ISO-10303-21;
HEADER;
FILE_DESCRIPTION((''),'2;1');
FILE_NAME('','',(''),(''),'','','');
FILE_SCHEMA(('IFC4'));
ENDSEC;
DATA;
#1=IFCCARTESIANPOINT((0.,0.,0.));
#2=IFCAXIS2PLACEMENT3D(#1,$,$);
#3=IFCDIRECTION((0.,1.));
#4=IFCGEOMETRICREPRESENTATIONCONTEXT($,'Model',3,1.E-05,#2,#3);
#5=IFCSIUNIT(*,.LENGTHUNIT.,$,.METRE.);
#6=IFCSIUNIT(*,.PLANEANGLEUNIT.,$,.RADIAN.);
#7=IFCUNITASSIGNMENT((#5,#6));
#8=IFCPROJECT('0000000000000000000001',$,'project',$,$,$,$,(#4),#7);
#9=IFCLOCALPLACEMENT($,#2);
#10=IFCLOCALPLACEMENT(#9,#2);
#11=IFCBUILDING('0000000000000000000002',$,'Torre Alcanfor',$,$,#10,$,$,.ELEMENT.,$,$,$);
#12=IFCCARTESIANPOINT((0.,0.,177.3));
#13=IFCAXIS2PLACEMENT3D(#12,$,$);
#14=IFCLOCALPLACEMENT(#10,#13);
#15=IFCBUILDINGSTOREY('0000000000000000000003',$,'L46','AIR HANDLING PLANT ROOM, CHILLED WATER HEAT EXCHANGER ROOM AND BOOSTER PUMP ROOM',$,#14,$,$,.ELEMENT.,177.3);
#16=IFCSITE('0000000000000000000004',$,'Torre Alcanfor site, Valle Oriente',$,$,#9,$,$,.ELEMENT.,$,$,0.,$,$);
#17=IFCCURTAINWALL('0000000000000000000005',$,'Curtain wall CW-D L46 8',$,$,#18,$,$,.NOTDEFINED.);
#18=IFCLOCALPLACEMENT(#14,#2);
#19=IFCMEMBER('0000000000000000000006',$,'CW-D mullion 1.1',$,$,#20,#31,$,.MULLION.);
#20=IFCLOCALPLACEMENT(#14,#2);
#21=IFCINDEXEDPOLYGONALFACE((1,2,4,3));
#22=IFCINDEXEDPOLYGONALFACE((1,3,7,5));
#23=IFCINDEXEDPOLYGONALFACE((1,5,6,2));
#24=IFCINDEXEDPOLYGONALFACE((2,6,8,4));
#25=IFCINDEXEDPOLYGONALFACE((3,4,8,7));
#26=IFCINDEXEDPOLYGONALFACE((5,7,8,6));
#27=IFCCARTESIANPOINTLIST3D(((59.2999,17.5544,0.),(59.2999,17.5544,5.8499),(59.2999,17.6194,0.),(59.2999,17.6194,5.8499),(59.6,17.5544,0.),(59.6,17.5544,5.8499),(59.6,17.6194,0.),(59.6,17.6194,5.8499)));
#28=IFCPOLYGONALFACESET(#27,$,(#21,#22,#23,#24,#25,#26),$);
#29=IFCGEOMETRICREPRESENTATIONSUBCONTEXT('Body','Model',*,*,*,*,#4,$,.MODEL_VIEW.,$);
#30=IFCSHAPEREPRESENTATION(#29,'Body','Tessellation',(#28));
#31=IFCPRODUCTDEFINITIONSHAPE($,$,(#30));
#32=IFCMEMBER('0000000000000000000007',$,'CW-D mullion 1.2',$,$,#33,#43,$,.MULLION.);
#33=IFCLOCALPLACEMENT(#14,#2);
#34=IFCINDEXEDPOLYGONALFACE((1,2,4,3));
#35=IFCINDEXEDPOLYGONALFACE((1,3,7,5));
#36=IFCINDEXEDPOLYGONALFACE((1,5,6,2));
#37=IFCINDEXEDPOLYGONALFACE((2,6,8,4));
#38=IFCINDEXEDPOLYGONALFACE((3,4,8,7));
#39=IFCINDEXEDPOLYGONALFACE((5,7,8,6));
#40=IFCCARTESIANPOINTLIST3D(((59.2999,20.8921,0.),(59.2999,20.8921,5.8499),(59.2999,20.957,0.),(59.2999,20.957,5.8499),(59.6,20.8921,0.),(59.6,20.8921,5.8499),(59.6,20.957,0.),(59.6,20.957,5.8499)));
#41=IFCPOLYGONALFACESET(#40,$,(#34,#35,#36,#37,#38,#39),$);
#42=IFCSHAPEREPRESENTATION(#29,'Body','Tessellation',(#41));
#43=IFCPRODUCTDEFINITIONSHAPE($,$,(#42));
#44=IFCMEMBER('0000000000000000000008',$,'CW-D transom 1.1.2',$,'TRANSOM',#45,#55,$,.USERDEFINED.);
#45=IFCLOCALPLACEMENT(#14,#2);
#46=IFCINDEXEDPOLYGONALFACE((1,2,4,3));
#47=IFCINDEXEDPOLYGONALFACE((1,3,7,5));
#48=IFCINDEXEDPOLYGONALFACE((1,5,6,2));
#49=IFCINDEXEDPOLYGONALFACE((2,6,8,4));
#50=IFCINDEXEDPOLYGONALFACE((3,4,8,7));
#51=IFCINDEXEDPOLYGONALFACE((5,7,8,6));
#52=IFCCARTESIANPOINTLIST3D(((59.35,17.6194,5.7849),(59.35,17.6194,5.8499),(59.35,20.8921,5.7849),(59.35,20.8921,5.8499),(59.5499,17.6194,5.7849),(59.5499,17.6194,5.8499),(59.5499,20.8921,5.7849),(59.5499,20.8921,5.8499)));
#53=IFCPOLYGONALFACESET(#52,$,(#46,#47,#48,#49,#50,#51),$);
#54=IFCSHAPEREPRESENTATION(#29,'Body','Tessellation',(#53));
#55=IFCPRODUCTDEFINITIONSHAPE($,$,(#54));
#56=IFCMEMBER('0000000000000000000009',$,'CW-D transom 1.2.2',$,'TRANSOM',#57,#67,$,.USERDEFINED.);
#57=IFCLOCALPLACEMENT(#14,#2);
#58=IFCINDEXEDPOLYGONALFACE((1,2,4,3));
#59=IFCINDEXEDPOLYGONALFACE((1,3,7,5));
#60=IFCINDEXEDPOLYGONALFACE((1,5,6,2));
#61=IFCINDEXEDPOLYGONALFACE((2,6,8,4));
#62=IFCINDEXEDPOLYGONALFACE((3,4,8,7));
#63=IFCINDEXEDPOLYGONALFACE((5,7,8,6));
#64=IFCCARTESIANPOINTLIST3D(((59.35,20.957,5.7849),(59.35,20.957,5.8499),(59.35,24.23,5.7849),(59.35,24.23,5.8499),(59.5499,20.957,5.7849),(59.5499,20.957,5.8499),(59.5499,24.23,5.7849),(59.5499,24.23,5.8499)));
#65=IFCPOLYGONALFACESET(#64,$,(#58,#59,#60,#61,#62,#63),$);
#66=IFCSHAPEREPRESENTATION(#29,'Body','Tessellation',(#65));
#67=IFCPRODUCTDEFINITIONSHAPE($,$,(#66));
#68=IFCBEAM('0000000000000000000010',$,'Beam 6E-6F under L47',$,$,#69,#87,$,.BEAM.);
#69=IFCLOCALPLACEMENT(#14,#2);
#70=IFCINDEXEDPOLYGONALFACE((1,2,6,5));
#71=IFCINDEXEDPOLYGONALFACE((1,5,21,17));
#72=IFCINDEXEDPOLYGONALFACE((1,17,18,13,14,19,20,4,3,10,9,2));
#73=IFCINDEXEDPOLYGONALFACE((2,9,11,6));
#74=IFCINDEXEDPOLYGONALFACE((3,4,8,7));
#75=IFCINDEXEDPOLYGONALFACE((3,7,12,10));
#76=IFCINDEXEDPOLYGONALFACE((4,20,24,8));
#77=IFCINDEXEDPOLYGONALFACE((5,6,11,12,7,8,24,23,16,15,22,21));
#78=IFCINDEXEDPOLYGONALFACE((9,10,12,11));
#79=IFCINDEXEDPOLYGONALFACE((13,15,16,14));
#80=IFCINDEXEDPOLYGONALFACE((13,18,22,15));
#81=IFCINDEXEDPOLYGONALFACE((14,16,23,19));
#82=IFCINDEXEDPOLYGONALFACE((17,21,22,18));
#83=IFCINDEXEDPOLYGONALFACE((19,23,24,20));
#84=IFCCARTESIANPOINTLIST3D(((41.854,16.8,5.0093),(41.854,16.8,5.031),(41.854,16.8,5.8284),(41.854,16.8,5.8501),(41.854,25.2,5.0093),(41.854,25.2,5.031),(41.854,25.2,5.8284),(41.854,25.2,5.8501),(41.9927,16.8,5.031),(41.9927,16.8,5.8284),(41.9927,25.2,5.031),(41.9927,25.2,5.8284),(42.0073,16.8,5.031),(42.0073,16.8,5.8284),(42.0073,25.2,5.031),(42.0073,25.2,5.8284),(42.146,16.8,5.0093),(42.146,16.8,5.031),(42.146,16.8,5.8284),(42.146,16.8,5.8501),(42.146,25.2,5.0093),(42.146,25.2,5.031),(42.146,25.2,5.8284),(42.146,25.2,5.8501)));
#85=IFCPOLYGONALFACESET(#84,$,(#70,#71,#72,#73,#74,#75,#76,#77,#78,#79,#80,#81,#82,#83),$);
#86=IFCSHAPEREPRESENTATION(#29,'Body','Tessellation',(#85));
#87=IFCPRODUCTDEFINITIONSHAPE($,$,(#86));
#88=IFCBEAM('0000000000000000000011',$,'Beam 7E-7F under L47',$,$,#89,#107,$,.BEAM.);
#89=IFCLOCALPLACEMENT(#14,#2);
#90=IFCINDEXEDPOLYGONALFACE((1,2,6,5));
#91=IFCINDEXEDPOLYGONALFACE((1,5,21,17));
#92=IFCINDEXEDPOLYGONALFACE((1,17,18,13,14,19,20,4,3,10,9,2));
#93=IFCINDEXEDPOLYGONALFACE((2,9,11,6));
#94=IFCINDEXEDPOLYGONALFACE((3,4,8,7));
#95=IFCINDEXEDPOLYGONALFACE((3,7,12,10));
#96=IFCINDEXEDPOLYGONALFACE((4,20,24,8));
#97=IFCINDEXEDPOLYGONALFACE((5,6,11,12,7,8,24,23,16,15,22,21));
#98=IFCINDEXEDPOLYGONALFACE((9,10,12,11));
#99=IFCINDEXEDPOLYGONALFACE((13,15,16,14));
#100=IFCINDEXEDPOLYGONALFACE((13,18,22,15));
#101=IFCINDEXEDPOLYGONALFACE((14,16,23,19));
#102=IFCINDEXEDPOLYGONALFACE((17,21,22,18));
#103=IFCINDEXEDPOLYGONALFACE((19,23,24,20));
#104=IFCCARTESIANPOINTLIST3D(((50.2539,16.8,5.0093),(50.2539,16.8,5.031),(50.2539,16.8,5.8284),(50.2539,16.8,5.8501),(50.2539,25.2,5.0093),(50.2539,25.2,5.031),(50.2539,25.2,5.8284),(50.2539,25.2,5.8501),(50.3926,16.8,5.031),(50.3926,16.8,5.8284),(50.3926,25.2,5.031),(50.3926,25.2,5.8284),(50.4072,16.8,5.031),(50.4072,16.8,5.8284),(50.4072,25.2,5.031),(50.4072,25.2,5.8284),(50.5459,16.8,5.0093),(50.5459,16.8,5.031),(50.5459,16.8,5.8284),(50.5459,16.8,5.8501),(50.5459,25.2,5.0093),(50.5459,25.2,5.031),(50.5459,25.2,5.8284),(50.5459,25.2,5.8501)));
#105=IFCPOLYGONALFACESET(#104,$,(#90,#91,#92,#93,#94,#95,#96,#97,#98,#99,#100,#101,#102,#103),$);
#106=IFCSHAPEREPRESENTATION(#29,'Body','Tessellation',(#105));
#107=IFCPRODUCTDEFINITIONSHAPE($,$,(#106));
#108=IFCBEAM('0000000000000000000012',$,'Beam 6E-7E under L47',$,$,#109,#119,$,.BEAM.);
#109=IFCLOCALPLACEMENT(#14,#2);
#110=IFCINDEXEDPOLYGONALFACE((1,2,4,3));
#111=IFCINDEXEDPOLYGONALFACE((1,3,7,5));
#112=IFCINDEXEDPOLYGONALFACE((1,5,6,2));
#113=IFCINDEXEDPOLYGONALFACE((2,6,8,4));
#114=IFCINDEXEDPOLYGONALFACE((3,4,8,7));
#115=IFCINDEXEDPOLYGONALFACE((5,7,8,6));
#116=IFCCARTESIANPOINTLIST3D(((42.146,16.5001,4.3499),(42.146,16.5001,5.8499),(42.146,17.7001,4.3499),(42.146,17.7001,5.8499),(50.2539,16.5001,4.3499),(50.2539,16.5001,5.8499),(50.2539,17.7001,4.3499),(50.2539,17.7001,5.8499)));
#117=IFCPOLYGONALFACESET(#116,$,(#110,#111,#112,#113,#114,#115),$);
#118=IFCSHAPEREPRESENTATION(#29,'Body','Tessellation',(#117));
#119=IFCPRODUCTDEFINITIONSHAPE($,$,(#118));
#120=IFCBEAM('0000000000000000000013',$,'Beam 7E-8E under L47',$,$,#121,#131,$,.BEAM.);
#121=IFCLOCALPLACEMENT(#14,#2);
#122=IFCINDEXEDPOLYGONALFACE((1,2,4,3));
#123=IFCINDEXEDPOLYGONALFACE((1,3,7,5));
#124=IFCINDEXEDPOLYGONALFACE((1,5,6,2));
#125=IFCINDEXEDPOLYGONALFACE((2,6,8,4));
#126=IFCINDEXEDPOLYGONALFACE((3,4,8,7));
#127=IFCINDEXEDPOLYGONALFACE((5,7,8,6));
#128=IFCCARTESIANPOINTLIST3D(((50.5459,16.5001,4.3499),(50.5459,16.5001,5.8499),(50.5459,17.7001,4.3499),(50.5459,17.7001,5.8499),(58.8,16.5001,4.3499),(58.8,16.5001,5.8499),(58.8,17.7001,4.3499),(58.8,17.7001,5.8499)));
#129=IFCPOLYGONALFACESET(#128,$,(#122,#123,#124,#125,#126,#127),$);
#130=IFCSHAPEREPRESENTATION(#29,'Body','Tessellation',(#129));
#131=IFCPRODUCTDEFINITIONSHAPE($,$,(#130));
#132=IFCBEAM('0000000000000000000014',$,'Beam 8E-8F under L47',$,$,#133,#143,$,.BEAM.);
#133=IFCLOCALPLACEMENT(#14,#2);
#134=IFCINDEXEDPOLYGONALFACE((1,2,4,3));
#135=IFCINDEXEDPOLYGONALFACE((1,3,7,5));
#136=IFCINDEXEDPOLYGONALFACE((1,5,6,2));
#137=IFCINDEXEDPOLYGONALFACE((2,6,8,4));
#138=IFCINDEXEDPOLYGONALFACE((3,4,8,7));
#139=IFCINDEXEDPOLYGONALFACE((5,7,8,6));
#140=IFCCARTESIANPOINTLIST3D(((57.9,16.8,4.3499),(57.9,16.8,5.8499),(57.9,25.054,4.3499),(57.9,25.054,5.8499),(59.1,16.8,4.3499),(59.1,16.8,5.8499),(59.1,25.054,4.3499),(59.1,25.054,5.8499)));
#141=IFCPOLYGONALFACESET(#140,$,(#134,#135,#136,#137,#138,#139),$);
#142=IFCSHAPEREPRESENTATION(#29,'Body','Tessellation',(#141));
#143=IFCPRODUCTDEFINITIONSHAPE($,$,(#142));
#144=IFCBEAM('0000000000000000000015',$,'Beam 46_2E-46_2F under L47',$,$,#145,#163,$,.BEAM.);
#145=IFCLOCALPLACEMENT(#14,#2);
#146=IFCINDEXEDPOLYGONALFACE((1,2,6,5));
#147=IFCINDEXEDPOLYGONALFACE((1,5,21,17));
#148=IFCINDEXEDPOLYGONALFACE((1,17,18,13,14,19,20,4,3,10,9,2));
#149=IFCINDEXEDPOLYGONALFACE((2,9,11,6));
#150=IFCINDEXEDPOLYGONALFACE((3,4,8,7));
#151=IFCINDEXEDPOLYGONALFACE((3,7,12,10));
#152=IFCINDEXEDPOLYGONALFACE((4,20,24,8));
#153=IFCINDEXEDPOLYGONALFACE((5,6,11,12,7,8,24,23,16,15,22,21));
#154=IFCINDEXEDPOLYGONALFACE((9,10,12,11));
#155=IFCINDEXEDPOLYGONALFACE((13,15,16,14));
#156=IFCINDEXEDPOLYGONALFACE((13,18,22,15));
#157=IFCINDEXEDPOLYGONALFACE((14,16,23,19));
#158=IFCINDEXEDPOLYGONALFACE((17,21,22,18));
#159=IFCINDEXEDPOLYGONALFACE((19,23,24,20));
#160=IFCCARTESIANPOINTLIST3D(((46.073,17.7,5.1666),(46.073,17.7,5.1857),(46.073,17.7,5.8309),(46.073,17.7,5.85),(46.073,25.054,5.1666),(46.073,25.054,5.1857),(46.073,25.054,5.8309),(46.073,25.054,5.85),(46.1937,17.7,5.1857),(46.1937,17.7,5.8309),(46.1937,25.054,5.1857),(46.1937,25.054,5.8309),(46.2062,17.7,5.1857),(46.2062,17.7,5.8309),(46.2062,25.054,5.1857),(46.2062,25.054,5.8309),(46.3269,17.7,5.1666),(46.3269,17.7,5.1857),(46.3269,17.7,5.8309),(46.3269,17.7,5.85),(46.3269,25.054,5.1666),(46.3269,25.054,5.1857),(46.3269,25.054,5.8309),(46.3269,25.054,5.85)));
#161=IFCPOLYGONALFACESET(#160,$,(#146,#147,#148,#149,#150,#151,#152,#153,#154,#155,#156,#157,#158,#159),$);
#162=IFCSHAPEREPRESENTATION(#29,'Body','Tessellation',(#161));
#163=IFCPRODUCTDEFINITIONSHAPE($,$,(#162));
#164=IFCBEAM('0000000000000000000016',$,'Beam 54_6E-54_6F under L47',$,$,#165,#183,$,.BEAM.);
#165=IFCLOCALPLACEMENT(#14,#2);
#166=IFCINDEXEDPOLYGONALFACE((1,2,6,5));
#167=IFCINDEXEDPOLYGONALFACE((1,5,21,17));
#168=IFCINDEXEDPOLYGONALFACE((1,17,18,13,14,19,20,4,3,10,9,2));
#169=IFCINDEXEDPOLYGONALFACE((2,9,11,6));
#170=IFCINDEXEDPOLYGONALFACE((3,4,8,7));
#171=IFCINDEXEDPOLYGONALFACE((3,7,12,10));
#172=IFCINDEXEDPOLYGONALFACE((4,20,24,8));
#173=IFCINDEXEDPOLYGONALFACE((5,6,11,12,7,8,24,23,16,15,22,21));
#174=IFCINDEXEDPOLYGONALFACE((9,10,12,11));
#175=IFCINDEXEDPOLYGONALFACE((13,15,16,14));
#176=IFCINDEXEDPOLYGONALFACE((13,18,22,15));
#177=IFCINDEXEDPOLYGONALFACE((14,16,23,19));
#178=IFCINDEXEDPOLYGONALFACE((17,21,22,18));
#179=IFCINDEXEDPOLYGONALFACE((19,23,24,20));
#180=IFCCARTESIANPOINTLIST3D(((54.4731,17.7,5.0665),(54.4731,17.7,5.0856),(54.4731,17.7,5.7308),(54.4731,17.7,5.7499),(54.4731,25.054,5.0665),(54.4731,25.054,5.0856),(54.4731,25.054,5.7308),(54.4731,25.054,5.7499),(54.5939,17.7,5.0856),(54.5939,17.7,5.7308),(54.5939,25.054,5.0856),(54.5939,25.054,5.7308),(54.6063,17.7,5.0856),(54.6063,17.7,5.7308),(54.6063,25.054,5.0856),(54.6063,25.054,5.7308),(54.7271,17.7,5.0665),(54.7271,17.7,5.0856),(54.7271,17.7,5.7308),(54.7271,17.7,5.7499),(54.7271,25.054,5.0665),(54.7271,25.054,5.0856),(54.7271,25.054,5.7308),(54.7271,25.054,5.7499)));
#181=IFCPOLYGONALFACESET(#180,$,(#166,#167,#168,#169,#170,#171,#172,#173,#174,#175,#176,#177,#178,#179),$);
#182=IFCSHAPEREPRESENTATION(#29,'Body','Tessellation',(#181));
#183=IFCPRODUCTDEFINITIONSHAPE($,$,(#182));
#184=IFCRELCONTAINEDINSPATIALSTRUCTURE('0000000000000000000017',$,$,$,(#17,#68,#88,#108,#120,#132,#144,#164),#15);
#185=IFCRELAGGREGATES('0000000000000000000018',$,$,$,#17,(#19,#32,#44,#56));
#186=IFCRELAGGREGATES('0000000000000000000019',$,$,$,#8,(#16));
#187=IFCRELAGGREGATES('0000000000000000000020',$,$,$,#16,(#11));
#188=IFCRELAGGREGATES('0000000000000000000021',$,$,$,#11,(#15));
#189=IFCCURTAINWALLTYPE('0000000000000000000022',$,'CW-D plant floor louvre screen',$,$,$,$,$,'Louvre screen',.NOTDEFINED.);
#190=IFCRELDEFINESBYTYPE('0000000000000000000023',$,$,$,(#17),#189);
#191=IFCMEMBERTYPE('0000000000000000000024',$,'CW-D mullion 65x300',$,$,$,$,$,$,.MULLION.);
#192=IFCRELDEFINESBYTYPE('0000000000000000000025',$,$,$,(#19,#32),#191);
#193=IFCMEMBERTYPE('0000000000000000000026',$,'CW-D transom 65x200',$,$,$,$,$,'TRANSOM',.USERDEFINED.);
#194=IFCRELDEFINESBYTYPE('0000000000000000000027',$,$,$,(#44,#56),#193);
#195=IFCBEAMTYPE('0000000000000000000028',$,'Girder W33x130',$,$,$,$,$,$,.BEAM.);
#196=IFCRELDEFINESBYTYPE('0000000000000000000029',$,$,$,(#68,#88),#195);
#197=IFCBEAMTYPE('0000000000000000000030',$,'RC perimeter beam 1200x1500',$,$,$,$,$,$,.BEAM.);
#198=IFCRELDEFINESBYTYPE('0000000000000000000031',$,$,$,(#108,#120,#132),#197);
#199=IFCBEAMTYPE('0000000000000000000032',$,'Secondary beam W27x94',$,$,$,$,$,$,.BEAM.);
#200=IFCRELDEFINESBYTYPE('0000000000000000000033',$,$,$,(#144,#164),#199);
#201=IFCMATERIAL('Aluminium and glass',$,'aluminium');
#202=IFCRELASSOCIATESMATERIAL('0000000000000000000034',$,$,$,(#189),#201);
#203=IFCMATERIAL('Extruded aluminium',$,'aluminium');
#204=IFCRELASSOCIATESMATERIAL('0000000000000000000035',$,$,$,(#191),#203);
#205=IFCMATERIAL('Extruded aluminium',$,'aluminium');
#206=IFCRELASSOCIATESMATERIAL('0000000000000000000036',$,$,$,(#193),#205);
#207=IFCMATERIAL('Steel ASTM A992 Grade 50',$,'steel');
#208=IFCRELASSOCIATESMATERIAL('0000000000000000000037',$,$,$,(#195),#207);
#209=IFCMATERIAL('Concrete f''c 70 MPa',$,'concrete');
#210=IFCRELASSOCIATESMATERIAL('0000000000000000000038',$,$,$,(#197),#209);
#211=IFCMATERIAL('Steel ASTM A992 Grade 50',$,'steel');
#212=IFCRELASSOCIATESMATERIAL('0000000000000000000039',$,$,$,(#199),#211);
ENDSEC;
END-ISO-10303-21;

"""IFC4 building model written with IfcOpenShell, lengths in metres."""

from ifc_helpers import new_model, si_unit, direction, frame, origin, origin_2d, place, context, subcontext, project, spatial, rectangle, i_section, extrude, material, material_profile, profile_set, type_object, element, aggregate, save


model = new_model("IFC4")

# Units and contexts
model_context = context("Model", 3, precision=1e-05, world=origin(), true_north=direction((0.0, 1.0)))
body_context = subcontext(model_context, "Body", "Model", "MODEL_VIEW")
ifc_project = project(units=[si_unit("LENGTHUNIT", "METRE"), si_unit("PLANEANGLEUNIT", "RADIAN")], contexts=[model_context])

# Site, building, storey
site_placement = place(None, origin())
site = spatial("IfcSite", under=ifc_project, at=site_placement, Name="Torre Alcanfor site, Valle Oriente", CompositionType="ELEMENT", RefElevation=0.0)
building_placement = place(site_placement, origin())
building = spatial("IfcBuilding", under=site, at=building_placement, Name="Torre Alcanfor", CompositionType="ELEMENT")
storey_placement = place(building_placement, frame((0.0, 0.0, 177.3)))
storey = spatial("IfcBuildingStorey", under=building, at=storey_placement, Name="L46", Description="AIR HANDLING PLANT ROOM, CHILLED WATER HEAT EXCHANGER ROOM AND BOOSTER PUMP ROOM", CompositionType="ELEMENT", Elevation=177.3)

# Curtain wall, members
ifc_material_1 = material(Name="Aluminium and glass", Category="aluminium")
curtain_wall_type = type_object("IfcCurtainWallType", Name="CW-D plant floor louvre screen", ElementType="Louvre screen", PredefinedType="NOTDEFINED", material=ifc_material_1)
curtain_wall_placement = place(storey_placement, origin())
curtain_wall = element("IfcCurtainWall", 1, at=curtain_wall_placement, inside=storey, type_object=curtain_wall_type, Name="Curtain wall CW-D L46 8", PredefinedType="NOTDEFINED")
ifc_material_2 = material(Name="Extruded aluminium", Category="aluminium")
ifc_material_profile_1 = material_profile(ifc_material_2, rectangle(XDim=0.3, YDim=0.0649, at=origin_2d()), Name="CW-D mullion 65x300")
ifc_profile_set_1 = profile_set([ifc_material_profile_1], Name="Extruded aluminium")
member_type_1 = type_object("IfcMemberType", Name="CW-D mullion 65x300", PredefinedType="MULLION", material=ifc_profile_set_1)
member_1_placement = place(storey_placement, frame((59.45, 17.5869, 0.0), z_axis=(0.0, 0.0, 1.0), x_axis=(-1.0, 0.0, 0.0)))
member_1 = element("IfcMember", 2, at=member_1_placement, type_object=member_type_1, Name="CW-D mullion 1.1", PredefinedType="MULLION", context=body_context, shape_type="SweptSolid", body=[
    extrude(rectangle(XDim=0.3, YDim=0.0649, at=origin_2d()), origin(), (0.0, 0.0, 1.0), 5.8499),
])
member_2_placement = place(storey_placement, frame((59.45, 20.9246, 0.0), z_axis=(0.0, 0.0, 1.0), x_axis=(-1.0, 0.0, 0.0)))
member_2 = element("IfcMember", 3, at=member_2_placement, type_object=member_type_1, Name="CW-D mullion 1.2", PredefinedType="MULLION", context=body_context, shape_type="SweptSolid", body=[
    extrude(rectangle(XDim=0.3, YDim=0.0649, at=origin_2d()), origin(), (0.0, 0.0, 1.0), 5.8499),
])
ifc_material_3 = material(Name="Extruded aluminium", Category="aluminium")
ifc_material_profile_2 = material_profile(ifc_material_3, rectangle(XDim=0.2, YDim=0.0649, at=origin_2d()), Name="CW-D transom 200x65")
ifc_profile_set_2 = profile_set([ifc_material_profile_2], Name="Extruded aluminium")
member_type_2 = type_object("IfcMemberType", Name="CW-D transom 65x200", ElementType="TRANSOM", PredefinedType="USERDEFINED", material=ifc_profile_set_2)
member_3_placement = place(storey_placement, frame((59.45, 17.6194, 5.8174), z_axis=(0.0, 1.0, 0.0), x_axis=(-1.0, 0.0, 0.0)))
member_3 = element("IfcMember", 4, at=member_3_placement, type_object=member_type_2, Name="CW-D transom 1.1.2", ObjectType="TRANSOM", PredefinedType="USERDEFINED", context=body_context, shape_type="SweptSolid", body=[
    extrude(rectangle(XDim=0.2, YDim=0.0649, at=origin_2d()), origin(), (0.0, 0.0, 1.0), 3.2727),
])
member_4_placement = place(storey_placement, frame((59.45, 20.957, 5.8174), z_axis=(0.0, 1.0, 0.0), x_axis=(-1.0, 0.0, 0.0)))
member_4 = element("IfcMember", 5, at=member_4_placement, type_object=member_type_2, Name="CW-D transom 1.2.2", ObjectType="TRANSOM", PredefinedType="USERDEFINED", context=body_context, shape_type="SweptSolid", body=[
    extrude(rectangle(XDim=0.2, YDim=0.0649, at=origin_2d()), origin(), (0.0, 0.0, 1.0), 3.2729),
])

# Beams
ifc_material_4 = material(Name="Steel ASTM A992 Grade 50", Category="steel")
ifc_material_profile_3 = material_profile(ifc_material_4, i_section(OverallWidth=0.292, OverallDepth=0.8408, WebThickness=0.0146, FlangeThickness=0.0217, at=origin_2d()), Name="W33x130")
ifc_profile_set_3 = profile_set([ifc_material_profile_3], Name="Steel ASTM A992 Grade 50")
beam_type_1 = type_object("IfcBeamType", Name="Girder W33x130", PredefinedType="BEAM", material=ifc_profile_set_3)
for number, where, z_axis, x_axis, name in (
    (6, (42.0, 16.8, 5.4297), (0.0, 1.0, 0.0), (-1.0, 0.0, 0.0), "Beam 6E-6F under L47"),
    (7, (50.3999, 16.8, 5.4297), (0.0, 1.0, 0.0), (-1.0, 0.0, 0.0), "Beam 7E-7F under L47"),
):
    element("IfcBeam", number, at=place(storey_placement, frame(where, z_axis=z_axis, x_axis=x_axis)), inside=storey, type_object=beam_type_1, Name=name, PredefinedType="BEAM", context=body_context, shape_type="SweptSolid", body=[
        extrude(i_section(OverallWidth=0.292, OverallDepth=0.8408, WebThickness=0.0146, FlangeThickness=0.0217, at=origin_2d()), origin(), (0.0, 0.0, 1.0), 8.3999),
    ])
ifc_material_5 = material(Name="Concrete f'c 70 MPa", Category="concrete")
ifc_material_profile_4 = material_profile(ifc_material_5, rectangle(XDim=1.2, YDim=1.5, at=origin_2d()), Name="1200x1500")
ifc_profile_set_4 = profile_set([ifc_material_profile_4], Name="Concrete f'c 70 MPa")
beam_type_2 = type_object("IfcBeamType", Name="RC perimeter beam 1200x1500", PredefinedType="BEAM", material=ifc_profile_set_4)
beam_1_placement = place(storey_placement, frame((42.146, 17.1001, 5.0999), z_axis=(1.0, 0.0, 0.0), x_axis=(0.0, 1.0, 0.0)))
element("IfcBeam", 8, at=beam_1_placement, inside=storey, type_object=beam_type_2, Name="Beam 6E-7E under L47", PredefinedType="BEAM", context=body_context, shape_type="SweptSolid", body=[
    extrude(rectangle(XDim=1.2, YDim=1.5, at=origin_2d()), origin(), (0.0, 0.0, 1.0), 8.1079),
])
beam_2_placement = place(storey_placement, frame((50.5459, 17.1001, 5.0999), z_axis=(1.0, 0.0, 0.0), x_axis=(0.0, 1.0, 0.0)))
element("IfcBeam", 9, at=beam_2_placement, inside=storey, type_object=beam_type_2, Name="Beam 7E-8E under L47", PredefinedType="BEAM", context=body_context, shape_type="SweptSolid", body=[
    extrude(rectangle(XDim=1.2, YDim=1.5, at=origin_2d()), origin(), (0.0, 0.0, 1.0), 8.2542),
])
beam_3_placement = place(storey_placement, frame((58.5, 16.8, 5.0999), z_axis=(0.0, 1.0, 0.0), x_axis=(-1.0, 0.0, 0.0)))
element("IfcBeam", 10, at=beam_3_placement, inside=storey, type_object=beam_type_2, Name="Beam 8E-8F under L47", PredefinedType="BEAM", context=body_context, shape_type="SweptSolid", body=[
    extrude(rectangle(XDim=1.2, YDim=1.5, at=origin_2d()), origin(), (0.0, 0.0, 1.0), 8.2539),
])
ifc_material_6 = material(Name="Steel ASTM A992 Grade 50", Category="steel")
ifc_material_profile_5 = material_profile(ifc_material_6, i_section(OverallWidth=0.2539, OverallDepth=0.6833, WebThickness=0.0125, FlangeThickness=0.019, at=origin_2d()), Name="W27x94")
ifc_profile_set_5 = profile_set([ifc_material_profile_5], Name="Steel ASTM A992 Grade 50")
beam_type_3 = type_object("IfcBeamType", Name="Secondary beam W27x94", PredefinedType="BEAM", material=ifc_profile_set_5)
for number, where, z_axis, x_axis, name in (
    (11, (46.2, 17.7, 5.5083), (0.0, 1.0, 0.0), (-1.0, 0.0, 0.0), "Beam 46_2E-46_2F under L47"),
    (12, (54.6001, 17.7, 5.4082), (0.0, 1.0, 0.0), (-1.0, 0.0, 0.0), "Beam 54_6E-54_6F under L47"),
):
    element("IfcBeam", number, at=place(storey_placement, frame(where, z_axis=z_axis, x_axis=x_axis)), inside=storey, type_object=beam_type_3, Name=name, PredefinedType="BEAM", context=body_context, shape_type="SweptSolid", body=[
        extrude(i_section(OverallWidth=0.2539, OverallDepth=0.6833, WebThickness=0.0125, FlangeThickness=0.019, at=origin_2d()), origin(), (0.0, 0.0, 1.0), 7.354),
    ])

aggregate(curtain_wall, [member_1, member_2, member_3, member_4])

save(model, "model.ifc")
